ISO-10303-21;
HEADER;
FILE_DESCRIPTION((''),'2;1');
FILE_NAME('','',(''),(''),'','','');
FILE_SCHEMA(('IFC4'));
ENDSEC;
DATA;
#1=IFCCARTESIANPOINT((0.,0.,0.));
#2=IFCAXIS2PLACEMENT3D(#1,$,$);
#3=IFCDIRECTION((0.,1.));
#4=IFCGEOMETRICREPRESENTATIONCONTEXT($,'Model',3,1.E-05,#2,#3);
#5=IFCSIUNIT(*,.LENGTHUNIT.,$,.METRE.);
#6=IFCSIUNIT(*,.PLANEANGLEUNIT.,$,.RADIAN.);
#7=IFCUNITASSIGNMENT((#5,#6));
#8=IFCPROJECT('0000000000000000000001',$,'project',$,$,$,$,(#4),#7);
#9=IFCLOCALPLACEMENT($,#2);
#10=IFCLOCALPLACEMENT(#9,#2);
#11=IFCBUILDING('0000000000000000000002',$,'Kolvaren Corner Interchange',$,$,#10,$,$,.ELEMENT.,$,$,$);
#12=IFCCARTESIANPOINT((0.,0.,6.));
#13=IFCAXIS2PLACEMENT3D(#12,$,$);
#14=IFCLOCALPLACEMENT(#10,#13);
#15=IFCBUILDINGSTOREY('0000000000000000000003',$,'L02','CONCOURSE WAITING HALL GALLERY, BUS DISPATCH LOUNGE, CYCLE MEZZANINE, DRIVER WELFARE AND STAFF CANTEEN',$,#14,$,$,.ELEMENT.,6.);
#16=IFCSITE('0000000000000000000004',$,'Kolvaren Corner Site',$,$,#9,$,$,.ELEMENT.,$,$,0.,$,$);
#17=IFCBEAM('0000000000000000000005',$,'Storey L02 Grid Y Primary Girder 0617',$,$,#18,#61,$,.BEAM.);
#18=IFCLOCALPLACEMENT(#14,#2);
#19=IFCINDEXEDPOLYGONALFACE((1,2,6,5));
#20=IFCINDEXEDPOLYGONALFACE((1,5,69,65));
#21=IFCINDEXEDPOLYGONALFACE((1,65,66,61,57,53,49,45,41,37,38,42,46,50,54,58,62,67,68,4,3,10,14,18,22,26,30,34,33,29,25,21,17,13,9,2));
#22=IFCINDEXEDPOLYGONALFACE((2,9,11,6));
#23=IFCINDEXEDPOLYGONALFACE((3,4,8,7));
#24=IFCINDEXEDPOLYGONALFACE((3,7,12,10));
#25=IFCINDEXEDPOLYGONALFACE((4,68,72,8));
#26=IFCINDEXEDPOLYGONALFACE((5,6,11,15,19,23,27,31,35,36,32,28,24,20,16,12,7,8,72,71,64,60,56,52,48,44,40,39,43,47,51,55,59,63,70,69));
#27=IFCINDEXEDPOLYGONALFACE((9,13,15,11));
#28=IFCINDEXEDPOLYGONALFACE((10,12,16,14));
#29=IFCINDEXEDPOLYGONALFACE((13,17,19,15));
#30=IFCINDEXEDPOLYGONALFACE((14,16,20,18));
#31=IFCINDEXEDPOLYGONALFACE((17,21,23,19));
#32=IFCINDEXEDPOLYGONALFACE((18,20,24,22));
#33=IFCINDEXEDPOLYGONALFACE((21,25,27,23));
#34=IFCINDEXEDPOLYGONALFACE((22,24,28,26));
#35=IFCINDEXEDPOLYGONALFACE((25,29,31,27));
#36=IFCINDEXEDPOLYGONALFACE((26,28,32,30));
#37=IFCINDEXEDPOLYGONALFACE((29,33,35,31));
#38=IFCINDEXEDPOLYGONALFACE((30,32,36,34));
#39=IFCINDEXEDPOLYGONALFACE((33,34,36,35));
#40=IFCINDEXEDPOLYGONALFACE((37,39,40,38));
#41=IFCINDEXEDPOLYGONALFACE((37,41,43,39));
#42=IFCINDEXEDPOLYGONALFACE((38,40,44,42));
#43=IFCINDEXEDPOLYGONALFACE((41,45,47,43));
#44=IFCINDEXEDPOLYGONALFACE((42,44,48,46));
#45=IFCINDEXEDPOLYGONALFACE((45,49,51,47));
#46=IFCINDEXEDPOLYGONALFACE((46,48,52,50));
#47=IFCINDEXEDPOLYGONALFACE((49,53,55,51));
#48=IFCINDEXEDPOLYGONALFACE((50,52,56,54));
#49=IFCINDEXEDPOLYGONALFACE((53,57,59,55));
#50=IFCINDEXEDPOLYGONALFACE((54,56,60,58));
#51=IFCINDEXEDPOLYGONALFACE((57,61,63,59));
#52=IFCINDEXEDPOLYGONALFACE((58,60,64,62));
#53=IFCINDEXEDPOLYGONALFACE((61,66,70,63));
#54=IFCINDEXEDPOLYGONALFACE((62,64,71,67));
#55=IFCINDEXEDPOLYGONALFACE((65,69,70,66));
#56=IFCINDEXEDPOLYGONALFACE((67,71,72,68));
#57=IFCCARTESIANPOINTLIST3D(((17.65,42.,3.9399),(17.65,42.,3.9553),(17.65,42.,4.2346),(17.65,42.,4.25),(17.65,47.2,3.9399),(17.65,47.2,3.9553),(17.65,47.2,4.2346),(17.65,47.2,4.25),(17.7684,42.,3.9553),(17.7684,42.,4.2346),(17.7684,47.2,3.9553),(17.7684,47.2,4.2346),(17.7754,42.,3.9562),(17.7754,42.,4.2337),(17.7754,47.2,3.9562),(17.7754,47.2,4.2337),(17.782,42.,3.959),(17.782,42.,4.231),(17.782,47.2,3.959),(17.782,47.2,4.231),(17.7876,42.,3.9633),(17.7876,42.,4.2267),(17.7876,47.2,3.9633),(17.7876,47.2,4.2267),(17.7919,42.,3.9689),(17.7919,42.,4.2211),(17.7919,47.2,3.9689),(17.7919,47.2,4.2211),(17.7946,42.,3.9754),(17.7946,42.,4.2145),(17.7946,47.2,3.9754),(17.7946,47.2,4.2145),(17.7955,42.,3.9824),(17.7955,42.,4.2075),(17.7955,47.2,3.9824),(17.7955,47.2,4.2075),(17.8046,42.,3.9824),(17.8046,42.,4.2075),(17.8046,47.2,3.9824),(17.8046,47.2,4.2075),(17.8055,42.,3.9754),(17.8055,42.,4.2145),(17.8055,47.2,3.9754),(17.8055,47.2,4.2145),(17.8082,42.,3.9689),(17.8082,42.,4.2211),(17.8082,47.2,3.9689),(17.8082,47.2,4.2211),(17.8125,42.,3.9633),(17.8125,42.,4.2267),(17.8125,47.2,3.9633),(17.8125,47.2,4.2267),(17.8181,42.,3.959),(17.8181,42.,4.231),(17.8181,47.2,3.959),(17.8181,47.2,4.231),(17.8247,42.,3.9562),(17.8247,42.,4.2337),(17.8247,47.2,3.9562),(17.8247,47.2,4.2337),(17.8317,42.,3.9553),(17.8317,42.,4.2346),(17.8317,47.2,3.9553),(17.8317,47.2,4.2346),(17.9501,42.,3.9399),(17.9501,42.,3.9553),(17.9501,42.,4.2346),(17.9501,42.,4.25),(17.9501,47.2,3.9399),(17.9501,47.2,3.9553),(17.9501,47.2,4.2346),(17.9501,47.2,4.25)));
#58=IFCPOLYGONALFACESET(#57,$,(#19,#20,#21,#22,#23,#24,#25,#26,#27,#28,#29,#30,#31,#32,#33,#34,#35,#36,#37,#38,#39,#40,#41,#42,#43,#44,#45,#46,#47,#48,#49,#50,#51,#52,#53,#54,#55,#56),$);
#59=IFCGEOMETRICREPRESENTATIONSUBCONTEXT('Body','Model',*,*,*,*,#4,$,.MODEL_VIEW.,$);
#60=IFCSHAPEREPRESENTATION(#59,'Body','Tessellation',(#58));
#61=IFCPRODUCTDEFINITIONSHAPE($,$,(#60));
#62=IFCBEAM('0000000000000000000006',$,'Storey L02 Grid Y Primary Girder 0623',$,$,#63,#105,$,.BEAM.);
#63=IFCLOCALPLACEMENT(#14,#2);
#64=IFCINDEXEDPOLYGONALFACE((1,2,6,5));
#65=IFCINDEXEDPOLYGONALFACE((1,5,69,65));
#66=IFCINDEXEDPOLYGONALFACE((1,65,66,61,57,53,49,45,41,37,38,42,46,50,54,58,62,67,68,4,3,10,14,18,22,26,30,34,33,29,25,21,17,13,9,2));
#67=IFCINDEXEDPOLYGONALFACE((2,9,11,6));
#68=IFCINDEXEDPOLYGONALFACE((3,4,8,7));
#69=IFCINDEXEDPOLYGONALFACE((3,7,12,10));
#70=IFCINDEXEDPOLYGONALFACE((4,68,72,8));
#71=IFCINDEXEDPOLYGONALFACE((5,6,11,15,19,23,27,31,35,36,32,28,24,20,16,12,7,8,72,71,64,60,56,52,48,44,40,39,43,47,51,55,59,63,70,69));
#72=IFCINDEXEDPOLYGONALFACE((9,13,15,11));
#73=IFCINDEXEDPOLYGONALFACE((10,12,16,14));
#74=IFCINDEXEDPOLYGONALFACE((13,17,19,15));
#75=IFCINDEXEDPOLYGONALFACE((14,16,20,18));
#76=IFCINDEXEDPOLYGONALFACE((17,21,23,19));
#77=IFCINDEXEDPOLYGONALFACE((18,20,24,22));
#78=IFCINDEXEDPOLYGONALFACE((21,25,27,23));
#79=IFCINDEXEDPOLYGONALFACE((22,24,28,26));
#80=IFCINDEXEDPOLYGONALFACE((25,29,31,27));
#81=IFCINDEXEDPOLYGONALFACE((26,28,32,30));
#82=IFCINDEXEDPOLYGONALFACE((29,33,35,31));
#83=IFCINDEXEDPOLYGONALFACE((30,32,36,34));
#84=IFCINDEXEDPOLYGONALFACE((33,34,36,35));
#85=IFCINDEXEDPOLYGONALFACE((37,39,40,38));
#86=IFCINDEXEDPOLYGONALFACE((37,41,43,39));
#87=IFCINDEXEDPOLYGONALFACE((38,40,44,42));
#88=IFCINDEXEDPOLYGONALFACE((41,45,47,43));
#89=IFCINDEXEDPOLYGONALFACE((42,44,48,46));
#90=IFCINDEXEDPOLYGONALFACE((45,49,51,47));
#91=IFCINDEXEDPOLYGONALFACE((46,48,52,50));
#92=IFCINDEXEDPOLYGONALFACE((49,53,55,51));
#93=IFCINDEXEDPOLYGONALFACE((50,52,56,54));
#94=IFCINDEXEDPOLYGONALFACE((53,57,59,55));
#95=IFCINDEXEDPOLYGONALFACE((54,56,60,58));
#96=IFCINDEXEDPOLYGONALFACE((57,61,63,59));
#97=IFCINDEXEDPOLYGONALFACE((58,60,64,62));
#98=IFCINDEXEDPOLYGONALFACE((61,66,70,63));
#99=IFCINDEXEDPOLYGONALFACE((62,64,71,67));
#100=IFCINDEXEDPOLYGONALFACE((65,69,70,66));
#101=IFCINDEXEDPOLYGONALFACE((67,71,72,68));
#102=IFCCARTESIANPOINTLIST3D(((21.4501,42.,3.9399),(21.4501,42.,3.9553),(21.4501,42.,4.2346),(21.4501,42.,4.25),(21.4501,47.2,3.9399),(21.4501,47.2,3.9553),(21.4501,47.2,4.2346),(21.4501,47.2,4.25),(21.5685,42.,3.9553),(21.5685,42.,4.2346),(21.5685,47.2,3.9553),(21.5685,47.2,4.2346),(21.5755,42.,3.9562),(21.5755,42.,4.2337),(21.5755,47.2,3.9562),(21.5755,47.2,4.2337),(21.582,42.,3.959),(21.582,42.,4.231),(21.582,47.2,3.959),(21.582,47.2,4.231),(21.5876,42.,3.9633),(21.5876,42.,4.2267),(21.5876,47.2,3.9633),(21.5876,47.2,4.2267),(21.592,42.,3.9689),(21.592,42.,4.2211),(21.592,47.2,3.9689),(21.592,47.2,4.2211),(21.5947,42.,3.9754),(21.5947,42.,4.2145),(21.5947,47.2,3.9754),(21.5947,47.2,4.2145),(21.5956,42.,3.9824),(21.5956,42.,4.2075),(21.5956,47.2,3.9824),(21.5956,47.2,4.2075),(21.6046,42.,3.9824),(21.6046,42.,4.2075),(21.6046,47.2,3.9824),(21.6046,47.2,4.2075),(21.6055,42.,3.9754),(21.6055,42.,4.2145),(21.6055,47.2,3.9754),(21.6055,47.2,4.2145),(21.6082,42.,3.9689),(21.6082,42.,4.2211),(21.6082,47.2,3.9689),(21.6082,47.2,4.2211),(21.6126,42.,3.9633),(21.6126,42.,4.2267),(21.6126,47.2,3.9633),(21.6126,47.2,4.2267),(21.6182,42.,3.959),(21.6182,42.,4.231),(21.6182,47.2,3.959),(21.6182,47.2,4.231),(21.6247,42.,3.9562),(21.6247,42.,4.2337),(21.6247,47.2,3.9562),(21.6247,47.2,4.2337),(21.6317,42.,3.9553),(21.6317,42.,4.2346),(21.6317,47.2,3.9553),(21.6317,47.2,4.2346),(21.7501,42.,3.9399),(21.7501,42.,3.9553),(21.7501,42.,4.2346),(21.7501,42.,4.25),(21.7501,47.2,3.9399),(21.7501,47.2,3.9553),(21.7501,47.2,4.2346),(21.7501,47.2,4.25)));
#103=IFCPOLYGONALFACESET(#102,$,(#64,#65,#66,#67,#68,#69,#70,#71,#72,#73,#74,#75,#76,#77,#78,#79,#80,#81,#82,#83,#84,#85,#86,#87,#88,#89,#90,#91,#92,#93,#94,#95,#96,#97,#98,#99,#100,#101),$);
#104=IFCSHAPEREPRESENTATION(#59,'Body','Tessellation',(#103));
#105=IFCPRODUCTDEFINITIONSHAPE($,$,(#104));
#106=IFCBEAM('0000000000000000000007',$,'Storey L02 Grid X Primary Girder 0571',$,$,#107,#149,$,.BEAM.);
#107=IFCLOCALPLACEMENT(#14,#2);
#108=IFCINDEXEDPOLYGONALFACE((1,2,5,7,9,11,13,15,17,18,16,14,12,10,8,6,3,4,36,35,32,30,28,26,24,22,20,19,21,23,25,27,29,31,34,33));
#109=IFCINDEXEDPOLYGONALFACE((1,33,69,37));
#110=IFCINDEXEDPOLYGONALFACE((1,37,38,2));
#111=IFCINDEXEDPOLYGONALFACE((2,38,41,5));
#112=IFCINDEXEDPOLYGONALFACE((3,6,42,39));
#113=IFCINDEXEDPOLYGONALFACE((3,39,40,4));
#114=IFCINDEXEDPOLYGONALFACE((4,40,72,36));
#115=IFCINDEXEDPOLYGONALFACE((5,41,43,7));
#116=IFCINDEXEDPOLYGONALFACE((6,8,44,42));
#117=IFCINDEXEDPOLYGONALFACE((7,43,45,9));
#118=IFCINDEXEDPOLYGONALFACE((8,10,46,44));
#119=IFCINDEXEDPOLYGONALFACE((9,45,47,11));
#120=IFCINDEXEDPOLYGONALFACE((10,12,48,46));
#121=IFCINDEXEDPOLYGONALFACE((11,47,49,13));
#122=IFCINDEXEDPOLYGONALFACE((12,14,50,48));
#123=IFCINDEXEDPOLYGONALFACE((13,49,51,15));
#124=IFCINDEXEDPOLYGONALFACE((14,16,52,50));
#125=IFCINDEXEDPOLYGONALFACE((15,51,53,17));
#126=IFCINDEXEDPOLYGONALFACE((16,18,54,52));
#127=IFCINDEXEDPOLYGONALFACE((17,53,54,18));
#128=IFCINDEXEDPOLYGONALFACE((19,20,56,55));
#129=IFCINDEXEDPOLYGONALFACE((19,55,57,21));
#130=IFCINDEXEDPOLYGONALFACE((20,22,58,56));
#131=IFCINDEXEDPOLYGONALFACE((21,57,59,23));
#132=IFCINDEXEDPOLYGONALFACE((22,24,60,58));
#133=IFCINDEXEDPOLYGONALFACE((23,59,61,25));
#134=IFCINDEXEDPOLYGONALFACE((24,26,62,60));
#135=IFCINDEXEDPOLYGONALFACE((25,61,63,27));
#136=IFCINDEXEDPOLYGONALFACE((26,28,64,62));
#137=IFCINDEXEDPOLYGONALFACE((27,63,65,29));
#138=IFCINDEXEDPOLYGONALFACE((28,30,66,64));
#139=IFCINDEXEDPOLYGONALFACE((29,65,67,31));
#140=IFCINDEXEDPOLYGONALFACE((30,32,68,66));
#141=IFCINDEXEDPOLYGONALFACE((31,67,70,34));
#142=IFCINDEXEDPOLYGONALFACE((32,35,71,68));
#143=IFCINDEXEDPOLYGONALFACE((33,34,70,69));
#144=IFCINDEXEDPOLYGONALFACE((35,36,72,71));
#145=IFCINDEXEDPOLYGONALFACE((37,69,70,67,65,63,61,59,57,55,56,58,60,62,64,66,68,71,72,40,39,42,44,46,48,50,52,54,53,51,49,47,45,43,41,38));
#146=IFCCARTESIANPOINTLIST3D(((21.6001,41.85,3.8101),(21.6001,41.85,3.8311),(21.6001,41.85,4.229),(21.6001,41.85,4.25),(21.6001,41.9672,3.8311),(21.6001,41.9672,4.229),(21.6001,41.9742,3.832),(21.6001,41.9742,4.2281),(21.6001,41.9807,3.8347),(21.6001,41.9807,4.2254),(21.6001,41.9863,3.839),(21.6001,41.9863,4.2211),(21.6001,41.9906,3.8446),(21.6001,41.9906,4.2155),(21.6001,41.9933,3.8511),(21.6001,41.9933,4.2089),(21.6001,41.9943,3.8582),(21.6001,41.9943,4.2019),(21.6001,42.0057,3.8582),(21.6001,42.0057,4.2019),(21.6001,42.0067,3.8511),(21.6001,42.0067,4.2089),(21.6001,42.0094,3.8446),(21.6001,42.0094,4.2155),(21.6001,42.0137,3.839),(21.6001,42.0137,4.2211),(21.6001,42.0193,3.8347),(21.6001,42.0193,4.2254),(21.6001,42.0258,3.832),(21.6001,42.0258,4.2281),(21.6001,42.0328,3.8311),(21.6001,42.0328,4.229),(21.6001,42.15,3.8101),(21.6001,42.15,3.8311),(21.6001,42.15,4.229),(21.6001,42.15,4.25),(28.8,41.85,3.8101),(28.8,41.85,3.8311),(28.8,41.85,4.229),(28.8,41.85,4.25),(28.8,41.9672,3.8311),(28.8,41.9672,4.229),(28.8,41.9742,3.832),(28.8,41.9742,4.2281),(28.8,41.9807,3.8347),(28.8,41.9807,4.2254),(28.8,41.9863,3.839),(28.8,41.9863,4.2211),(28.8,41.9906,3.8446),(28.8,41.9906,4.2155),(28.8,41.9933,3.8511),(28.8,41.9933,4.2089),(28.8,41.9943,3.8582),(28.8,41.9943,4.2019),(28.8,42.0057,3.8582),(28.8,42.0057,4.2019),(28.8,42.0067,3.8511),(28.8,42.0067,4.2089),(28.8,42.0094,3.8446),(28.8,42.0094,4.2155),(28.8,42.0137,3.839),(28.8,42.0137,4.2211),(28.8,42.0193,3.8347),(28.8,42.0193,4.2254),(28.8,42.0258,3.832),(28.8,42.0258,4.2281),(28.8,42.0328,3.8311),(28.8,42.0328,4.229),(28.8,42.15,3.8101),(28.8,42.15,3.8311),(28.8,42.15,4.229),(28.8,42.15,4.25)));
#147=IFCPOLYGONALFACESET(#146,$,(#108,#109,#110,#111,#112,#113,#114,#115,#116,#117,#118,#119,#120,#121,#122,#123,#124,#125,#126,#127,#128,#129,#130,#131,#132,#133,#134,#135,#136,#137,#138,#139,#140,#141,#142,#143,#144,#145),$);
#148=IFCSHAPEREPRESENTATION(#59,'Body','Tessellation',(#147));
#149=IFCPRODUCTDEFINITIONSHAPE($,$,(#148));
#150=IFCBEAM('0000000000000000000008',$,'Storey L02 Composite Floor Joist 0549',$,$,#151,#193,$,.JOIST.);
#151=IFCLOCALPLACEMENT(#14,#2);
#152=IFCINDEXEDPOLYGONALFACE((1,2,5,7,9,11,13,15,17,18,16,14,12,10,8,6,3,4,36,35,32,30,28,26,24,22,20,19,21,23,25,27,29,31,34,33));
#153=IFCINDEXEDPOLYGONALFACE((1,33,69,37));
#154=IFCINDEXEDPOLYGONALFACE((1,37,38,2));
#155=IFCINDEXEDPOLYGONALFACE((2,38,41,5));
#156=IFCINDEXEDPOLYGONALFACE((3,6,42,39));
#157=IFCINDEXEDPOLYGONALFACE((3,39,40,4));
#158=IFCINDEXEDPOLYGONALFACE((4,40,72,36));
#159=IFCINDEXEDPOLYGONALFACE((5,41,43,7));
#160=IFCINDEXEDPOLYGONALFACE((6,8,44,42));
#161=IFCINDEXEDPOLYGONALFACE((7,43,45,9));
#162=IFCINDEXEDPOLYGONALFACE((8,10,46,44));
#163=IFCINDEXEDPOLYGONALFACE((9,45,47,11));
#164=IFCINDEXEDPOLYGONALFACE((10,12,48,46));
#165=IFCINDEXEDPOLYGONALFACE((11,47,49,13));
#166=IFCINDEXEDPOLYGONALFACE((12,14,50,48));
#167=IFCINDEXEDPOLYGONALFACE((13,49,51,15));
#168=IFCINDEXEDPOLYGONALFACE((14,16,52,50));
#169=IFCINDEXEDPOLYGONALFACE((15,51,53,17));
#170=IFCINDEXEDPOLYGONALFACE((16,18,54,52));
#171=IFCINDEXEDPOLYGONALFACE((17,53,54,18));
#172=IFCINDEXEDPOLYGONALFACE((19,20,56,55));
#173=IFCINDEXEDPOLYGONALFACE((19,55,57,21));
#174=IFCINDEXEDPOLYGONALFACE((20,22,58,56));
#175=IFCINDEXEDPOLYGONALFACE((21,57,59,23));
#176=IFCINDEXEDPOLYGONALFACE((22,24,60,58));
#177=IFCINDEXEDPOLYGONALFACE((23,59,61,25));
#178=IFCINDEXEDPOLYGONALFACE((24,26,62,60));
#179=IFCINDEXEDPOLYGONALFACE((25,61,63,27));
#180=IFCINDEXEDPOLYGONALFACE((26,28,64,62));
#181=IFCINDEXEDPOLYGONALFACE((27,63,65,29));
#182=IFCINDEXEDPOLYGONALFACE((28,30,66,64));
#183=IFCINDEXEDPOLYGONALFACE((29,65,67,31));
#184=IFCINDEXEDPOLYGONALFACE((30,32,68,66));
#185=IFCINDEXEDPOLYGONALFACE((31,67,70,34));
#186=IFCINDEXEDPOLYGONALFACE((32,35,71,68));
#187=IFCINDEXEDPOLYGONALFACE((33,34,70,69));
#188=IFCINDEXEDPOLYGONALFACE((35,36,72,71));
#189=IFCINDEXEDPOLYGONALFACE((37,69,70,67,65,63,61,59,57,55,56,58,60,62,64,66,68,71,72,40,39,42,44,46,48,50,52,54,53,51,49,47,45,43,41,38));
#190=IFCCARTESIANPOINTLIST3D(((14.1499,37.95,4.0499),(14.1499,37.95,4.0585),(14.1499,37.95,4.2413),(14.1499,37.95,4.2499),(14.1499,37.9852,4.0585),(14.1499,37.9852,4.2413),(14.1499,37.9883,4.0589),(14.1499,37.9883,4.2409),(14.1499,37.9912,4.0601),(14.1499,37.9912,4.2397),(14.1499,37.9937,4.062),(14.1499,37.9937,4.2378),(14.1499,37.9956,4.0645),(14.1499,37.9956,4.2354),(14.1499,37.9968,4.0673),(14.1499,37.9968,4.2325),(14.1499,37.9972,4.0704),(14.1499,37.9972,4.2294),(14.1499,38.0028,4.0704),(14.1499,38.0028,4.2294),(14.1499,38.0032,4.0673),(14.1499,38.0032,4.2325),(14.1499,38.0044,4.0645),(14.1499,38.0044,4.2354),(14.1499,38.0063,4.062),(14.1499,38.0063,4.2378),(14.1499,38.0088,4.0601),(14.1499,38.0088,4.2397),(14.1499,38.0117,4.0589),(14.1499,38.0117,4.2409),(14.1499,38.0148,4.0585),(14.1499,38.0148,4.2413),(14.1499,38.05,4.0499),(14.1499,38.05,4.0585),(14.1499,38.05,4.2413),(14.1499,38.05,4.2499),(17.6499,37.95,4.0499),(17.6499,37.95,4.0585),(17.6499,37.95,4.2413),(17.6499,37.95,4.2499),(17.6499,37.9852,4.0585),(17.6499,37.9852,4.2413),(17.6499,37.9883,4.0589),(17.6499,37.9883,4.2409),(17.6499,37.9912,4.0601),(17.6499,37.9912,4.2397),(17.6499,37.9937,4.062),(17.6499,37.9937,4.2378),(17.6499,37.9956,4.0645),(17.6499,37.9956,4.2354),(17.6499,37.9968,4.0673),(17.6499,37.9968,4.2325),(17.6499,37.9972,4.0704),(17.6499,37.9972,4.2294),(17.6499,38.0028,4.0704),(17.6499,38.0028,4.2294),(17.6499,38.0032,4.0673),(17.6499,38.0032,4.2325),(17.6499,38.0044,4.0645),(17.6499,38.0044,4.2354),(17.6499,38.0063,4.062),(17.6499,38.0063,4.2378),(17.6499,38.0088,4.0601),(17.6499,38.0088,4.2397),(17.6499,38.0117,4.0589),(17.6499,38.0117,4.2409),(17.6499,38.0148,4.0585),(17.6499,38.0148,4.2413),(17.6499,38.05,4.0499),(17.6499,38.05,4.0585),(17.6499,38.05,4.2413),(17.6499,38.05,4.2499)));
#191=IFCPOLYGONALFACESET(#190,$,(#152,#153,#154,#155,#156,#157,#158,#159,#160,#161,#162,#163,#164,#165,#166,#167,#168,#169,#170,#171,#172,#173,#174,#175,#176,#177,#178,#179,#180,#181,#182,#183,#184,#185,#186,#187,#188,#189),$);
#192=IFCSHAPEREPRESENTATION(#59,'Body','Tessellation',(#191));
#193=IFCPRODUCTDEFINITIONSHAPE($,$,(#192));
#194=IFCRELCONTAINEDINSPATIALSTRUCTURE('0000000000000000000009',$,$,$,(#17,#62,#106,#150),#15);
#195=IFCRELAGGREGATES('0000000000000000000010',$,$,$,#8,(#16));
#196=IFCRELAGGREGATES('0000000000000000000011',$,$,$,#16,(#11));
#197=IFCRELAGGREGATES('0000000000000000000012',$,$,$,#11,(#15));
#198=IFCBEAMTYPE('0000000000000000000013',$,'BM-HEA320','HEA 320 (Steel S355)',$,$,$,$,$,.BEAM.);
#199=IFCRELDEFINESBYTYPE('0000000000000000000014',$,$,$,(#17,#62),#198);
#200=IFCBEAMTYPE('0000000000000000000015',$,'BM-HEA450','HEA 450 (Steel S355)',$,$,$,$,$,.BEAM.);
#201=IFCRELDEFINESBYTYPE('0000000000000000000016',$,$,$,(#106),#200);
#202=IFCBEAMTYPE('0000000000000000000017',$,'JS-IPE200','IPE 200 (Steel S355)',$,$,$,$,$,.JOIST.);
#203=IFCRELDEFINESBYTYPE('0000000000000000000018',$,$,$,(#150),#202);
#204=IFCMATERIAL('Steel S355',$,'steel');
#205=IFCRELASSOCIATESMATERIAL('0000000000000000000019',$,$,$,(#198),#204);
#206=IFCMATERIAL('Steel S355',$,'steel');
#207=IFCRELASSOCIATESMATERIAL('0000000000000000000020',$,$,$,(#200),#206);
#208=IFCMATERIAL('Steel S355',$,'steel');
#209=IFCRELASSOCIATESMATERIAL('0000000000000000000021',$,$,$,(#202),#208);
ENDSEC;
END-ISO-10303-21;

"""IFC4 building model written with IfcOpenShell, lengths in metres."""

from ifc_helpers import new_model, si_unit, direction, frame, origin, origin_2d, place, context, subcontext, project, spatial, i_section, extrude, material, material_profile, profile_set, type_object, element, save


model = new_model("IFC4")

# Units and contexts
model_context = context("Model", 3, precision=1e-05, world=origin(), true_north=direction((0.0, 1.0)))
body_context = subcontext(model_context, "Body", "Model", "MODEL_VIEW")
ifc_project = project(units=[si_unit("LENGTHUNIT", "METRE"), si_unit("PLANEANGLEUNIT", "RADIAN")], contexts=[model_context])

# Site, building, storey
site_placement = place(None, origin())
site = spatial("IfcSite", under=ifc_project, at=site_placement, Name="Kolvaren Corner Site", CompositionType="ELEMENT", RefElevation=0.0)
building_placement = place(site_placement, origin())
building = spatial("IfcBuilding", under=site, at=building_placement, Name="Kolvaren Corner Interchange", CompositionType="ELEMENT")
storey_placement = place(building_placement, frame((0.0, 0.0, 6.0)))
storey = spatial("IfcBuildingStorey", under=building, at=storey_placement, Name="L02", Description="CONCOURSE WAITING HALL GALLERY, BUS DISPATCH LOUNGE, CYCLE MEZZANINE, DRIVER WELFARE AND STAFF CANTEEN", CompositionType="ELEMENT", Elevation=6.0)

# Beams
ifc_material_1 = material(Name="Steel S355", Category="steel")
ifc_material_profile_1 = material_profile(ifc_material_1, i_section(OverallWidth=0.3, OverallDepth=0.3101, WebThickness=0.009, FlangeThickness=0.0154, FilletRadius=0.0271, at=origin_2d()), Name="HEA 320")
ifc_profile_set_1 = profile_set([ifc_material_profile_1], Name="Steel S355")
beam_type_1 = type_object("IfcBeamType", Name="BM-HEA320", Description="HEA 320 (Steel S355)", PredefinedType="BEAM", material=ifc_profile_set_1)
for number, where, z_axis, x_axis, name in (
    (1, (17.8, 42.0, 4.095), (0.0, 1.0, 0.0), (-1.0, 0.0, 0.0), "Storey L02 Grid Y Primary Girder 0617"),
    (2, (21.6001, 42.0, 4.095), (0.0, 1.0, 0.0), (-1.0, 0.0, 0.0), "Storey L02 Grid Y Primary Girder 0623"),
):
    element("IfcBeam", number, at=place(storey_placement, frame(where, z_axis=z_axis, x_axis=x_axis)), inside=storey, type_object=beam_type_1, Name=name, PredefinedType="BEAM", context=body_context, shape_type="SweptSolid", body=[
        extrude(i_section(OverallWidth=0.3, OverallDepth=0.3101, WebThickness=0.009, FlangeThickness=0.0154, FilletRadius=0.0271, at=origin_2d()), origin(), (0.0, 0.0, 1.0), 5.2),
    ])
ifc_material_2 = material(Name="Steel S355", Category="steel")
ifc_material_profile_2 = material_profile(ifc_material_2, i_section(OverallWidth=0.3, OverallDepth=0.4399, WebThickness=0.0115, FlangeThickness=0.021, FilletRadius=0.0271, at=origin_2d()), Name="HEA 450")
ifc_profile_set_2 = profile_set([ifc_material_profile_2], Name="Steel S355")
beam_type_2 = type_object("IfcBeamType", Name="BM-HEA450", Description="HEA 450 (Steel S355)", PredefinedType="BEAM", material=ifc_profile_set_2)
beam_placement = place(storey_placement, frame((21.6001, 42.0, 4.03), z_axis=(1.0, 0.0, 0.0), x_axis=(0.0, 1.0, 0.0)))
element("IfcBeam", 3, at=beam_placement, inside=storey, type_object=beam_type_2, Name="Storey L02 Grid X Primary Girder 0571", PredefinedType="BEAM", context=body_context, shape_type="SweptSolid", body=[
    extrude(i_section(OverallWidth=0.3, OverallDepth=0.4399, WebThickness=0.0115, FlangeThickness=0.021, FilletRadius=0.0271, at=origin_2d()), origin(), (0.0, 0.0, 1.0), 7.2),
])
ifc_material_3 = material(Name="Steel S355", Category="steel")
ifc_material_profile_3 = material_profile(ifc_material_3, i_section(OverallWidth=0.1001, OverallDepth=0.2, WebThickness=0.0056, FlangeThickness=0.0085, FilletRadius=0.012, at=origin_2d()), Name="IPE 200")
ifc_profile_set_3 = profile_set([ifc_material_profile_3], Name="Steel S355")
beam_type_3 = type_object("IfcBeamType", Name="JS-IPE200", Description="IPE 200 (Steel S355)", PredefinedType="JOIST", material=ifc_profile_set_3)
for number, where, z_axis, x_axis, name in (
    (4, (14.1499, 38.0, 4.1499), (1.0, 0.0, 0.0), (0.0, 1.0, 0.0), "Storey L02 Composite Floor Joist 0549"),
):
    element("IfcBeam", number, at=place(storey_placement, frame(where, z_axis=z_axis, x_axis=x_axis)), inside=storey, type_object=beam_type_3, Name=name, PredefinedType="JOIST", context=body_context, shape_type="SweptSolid", body=[
        extrude(i_section(OverallWidth=0.1001, OverallDepth=0.2, WebThickness=0.0056, FlangeThickness=0.0085, FilletRadius=0.012, at=origin_2d()), origin(), (0.0, 0.0, 1.0), 3.5),
    ])

save(model, "model.ifc")
